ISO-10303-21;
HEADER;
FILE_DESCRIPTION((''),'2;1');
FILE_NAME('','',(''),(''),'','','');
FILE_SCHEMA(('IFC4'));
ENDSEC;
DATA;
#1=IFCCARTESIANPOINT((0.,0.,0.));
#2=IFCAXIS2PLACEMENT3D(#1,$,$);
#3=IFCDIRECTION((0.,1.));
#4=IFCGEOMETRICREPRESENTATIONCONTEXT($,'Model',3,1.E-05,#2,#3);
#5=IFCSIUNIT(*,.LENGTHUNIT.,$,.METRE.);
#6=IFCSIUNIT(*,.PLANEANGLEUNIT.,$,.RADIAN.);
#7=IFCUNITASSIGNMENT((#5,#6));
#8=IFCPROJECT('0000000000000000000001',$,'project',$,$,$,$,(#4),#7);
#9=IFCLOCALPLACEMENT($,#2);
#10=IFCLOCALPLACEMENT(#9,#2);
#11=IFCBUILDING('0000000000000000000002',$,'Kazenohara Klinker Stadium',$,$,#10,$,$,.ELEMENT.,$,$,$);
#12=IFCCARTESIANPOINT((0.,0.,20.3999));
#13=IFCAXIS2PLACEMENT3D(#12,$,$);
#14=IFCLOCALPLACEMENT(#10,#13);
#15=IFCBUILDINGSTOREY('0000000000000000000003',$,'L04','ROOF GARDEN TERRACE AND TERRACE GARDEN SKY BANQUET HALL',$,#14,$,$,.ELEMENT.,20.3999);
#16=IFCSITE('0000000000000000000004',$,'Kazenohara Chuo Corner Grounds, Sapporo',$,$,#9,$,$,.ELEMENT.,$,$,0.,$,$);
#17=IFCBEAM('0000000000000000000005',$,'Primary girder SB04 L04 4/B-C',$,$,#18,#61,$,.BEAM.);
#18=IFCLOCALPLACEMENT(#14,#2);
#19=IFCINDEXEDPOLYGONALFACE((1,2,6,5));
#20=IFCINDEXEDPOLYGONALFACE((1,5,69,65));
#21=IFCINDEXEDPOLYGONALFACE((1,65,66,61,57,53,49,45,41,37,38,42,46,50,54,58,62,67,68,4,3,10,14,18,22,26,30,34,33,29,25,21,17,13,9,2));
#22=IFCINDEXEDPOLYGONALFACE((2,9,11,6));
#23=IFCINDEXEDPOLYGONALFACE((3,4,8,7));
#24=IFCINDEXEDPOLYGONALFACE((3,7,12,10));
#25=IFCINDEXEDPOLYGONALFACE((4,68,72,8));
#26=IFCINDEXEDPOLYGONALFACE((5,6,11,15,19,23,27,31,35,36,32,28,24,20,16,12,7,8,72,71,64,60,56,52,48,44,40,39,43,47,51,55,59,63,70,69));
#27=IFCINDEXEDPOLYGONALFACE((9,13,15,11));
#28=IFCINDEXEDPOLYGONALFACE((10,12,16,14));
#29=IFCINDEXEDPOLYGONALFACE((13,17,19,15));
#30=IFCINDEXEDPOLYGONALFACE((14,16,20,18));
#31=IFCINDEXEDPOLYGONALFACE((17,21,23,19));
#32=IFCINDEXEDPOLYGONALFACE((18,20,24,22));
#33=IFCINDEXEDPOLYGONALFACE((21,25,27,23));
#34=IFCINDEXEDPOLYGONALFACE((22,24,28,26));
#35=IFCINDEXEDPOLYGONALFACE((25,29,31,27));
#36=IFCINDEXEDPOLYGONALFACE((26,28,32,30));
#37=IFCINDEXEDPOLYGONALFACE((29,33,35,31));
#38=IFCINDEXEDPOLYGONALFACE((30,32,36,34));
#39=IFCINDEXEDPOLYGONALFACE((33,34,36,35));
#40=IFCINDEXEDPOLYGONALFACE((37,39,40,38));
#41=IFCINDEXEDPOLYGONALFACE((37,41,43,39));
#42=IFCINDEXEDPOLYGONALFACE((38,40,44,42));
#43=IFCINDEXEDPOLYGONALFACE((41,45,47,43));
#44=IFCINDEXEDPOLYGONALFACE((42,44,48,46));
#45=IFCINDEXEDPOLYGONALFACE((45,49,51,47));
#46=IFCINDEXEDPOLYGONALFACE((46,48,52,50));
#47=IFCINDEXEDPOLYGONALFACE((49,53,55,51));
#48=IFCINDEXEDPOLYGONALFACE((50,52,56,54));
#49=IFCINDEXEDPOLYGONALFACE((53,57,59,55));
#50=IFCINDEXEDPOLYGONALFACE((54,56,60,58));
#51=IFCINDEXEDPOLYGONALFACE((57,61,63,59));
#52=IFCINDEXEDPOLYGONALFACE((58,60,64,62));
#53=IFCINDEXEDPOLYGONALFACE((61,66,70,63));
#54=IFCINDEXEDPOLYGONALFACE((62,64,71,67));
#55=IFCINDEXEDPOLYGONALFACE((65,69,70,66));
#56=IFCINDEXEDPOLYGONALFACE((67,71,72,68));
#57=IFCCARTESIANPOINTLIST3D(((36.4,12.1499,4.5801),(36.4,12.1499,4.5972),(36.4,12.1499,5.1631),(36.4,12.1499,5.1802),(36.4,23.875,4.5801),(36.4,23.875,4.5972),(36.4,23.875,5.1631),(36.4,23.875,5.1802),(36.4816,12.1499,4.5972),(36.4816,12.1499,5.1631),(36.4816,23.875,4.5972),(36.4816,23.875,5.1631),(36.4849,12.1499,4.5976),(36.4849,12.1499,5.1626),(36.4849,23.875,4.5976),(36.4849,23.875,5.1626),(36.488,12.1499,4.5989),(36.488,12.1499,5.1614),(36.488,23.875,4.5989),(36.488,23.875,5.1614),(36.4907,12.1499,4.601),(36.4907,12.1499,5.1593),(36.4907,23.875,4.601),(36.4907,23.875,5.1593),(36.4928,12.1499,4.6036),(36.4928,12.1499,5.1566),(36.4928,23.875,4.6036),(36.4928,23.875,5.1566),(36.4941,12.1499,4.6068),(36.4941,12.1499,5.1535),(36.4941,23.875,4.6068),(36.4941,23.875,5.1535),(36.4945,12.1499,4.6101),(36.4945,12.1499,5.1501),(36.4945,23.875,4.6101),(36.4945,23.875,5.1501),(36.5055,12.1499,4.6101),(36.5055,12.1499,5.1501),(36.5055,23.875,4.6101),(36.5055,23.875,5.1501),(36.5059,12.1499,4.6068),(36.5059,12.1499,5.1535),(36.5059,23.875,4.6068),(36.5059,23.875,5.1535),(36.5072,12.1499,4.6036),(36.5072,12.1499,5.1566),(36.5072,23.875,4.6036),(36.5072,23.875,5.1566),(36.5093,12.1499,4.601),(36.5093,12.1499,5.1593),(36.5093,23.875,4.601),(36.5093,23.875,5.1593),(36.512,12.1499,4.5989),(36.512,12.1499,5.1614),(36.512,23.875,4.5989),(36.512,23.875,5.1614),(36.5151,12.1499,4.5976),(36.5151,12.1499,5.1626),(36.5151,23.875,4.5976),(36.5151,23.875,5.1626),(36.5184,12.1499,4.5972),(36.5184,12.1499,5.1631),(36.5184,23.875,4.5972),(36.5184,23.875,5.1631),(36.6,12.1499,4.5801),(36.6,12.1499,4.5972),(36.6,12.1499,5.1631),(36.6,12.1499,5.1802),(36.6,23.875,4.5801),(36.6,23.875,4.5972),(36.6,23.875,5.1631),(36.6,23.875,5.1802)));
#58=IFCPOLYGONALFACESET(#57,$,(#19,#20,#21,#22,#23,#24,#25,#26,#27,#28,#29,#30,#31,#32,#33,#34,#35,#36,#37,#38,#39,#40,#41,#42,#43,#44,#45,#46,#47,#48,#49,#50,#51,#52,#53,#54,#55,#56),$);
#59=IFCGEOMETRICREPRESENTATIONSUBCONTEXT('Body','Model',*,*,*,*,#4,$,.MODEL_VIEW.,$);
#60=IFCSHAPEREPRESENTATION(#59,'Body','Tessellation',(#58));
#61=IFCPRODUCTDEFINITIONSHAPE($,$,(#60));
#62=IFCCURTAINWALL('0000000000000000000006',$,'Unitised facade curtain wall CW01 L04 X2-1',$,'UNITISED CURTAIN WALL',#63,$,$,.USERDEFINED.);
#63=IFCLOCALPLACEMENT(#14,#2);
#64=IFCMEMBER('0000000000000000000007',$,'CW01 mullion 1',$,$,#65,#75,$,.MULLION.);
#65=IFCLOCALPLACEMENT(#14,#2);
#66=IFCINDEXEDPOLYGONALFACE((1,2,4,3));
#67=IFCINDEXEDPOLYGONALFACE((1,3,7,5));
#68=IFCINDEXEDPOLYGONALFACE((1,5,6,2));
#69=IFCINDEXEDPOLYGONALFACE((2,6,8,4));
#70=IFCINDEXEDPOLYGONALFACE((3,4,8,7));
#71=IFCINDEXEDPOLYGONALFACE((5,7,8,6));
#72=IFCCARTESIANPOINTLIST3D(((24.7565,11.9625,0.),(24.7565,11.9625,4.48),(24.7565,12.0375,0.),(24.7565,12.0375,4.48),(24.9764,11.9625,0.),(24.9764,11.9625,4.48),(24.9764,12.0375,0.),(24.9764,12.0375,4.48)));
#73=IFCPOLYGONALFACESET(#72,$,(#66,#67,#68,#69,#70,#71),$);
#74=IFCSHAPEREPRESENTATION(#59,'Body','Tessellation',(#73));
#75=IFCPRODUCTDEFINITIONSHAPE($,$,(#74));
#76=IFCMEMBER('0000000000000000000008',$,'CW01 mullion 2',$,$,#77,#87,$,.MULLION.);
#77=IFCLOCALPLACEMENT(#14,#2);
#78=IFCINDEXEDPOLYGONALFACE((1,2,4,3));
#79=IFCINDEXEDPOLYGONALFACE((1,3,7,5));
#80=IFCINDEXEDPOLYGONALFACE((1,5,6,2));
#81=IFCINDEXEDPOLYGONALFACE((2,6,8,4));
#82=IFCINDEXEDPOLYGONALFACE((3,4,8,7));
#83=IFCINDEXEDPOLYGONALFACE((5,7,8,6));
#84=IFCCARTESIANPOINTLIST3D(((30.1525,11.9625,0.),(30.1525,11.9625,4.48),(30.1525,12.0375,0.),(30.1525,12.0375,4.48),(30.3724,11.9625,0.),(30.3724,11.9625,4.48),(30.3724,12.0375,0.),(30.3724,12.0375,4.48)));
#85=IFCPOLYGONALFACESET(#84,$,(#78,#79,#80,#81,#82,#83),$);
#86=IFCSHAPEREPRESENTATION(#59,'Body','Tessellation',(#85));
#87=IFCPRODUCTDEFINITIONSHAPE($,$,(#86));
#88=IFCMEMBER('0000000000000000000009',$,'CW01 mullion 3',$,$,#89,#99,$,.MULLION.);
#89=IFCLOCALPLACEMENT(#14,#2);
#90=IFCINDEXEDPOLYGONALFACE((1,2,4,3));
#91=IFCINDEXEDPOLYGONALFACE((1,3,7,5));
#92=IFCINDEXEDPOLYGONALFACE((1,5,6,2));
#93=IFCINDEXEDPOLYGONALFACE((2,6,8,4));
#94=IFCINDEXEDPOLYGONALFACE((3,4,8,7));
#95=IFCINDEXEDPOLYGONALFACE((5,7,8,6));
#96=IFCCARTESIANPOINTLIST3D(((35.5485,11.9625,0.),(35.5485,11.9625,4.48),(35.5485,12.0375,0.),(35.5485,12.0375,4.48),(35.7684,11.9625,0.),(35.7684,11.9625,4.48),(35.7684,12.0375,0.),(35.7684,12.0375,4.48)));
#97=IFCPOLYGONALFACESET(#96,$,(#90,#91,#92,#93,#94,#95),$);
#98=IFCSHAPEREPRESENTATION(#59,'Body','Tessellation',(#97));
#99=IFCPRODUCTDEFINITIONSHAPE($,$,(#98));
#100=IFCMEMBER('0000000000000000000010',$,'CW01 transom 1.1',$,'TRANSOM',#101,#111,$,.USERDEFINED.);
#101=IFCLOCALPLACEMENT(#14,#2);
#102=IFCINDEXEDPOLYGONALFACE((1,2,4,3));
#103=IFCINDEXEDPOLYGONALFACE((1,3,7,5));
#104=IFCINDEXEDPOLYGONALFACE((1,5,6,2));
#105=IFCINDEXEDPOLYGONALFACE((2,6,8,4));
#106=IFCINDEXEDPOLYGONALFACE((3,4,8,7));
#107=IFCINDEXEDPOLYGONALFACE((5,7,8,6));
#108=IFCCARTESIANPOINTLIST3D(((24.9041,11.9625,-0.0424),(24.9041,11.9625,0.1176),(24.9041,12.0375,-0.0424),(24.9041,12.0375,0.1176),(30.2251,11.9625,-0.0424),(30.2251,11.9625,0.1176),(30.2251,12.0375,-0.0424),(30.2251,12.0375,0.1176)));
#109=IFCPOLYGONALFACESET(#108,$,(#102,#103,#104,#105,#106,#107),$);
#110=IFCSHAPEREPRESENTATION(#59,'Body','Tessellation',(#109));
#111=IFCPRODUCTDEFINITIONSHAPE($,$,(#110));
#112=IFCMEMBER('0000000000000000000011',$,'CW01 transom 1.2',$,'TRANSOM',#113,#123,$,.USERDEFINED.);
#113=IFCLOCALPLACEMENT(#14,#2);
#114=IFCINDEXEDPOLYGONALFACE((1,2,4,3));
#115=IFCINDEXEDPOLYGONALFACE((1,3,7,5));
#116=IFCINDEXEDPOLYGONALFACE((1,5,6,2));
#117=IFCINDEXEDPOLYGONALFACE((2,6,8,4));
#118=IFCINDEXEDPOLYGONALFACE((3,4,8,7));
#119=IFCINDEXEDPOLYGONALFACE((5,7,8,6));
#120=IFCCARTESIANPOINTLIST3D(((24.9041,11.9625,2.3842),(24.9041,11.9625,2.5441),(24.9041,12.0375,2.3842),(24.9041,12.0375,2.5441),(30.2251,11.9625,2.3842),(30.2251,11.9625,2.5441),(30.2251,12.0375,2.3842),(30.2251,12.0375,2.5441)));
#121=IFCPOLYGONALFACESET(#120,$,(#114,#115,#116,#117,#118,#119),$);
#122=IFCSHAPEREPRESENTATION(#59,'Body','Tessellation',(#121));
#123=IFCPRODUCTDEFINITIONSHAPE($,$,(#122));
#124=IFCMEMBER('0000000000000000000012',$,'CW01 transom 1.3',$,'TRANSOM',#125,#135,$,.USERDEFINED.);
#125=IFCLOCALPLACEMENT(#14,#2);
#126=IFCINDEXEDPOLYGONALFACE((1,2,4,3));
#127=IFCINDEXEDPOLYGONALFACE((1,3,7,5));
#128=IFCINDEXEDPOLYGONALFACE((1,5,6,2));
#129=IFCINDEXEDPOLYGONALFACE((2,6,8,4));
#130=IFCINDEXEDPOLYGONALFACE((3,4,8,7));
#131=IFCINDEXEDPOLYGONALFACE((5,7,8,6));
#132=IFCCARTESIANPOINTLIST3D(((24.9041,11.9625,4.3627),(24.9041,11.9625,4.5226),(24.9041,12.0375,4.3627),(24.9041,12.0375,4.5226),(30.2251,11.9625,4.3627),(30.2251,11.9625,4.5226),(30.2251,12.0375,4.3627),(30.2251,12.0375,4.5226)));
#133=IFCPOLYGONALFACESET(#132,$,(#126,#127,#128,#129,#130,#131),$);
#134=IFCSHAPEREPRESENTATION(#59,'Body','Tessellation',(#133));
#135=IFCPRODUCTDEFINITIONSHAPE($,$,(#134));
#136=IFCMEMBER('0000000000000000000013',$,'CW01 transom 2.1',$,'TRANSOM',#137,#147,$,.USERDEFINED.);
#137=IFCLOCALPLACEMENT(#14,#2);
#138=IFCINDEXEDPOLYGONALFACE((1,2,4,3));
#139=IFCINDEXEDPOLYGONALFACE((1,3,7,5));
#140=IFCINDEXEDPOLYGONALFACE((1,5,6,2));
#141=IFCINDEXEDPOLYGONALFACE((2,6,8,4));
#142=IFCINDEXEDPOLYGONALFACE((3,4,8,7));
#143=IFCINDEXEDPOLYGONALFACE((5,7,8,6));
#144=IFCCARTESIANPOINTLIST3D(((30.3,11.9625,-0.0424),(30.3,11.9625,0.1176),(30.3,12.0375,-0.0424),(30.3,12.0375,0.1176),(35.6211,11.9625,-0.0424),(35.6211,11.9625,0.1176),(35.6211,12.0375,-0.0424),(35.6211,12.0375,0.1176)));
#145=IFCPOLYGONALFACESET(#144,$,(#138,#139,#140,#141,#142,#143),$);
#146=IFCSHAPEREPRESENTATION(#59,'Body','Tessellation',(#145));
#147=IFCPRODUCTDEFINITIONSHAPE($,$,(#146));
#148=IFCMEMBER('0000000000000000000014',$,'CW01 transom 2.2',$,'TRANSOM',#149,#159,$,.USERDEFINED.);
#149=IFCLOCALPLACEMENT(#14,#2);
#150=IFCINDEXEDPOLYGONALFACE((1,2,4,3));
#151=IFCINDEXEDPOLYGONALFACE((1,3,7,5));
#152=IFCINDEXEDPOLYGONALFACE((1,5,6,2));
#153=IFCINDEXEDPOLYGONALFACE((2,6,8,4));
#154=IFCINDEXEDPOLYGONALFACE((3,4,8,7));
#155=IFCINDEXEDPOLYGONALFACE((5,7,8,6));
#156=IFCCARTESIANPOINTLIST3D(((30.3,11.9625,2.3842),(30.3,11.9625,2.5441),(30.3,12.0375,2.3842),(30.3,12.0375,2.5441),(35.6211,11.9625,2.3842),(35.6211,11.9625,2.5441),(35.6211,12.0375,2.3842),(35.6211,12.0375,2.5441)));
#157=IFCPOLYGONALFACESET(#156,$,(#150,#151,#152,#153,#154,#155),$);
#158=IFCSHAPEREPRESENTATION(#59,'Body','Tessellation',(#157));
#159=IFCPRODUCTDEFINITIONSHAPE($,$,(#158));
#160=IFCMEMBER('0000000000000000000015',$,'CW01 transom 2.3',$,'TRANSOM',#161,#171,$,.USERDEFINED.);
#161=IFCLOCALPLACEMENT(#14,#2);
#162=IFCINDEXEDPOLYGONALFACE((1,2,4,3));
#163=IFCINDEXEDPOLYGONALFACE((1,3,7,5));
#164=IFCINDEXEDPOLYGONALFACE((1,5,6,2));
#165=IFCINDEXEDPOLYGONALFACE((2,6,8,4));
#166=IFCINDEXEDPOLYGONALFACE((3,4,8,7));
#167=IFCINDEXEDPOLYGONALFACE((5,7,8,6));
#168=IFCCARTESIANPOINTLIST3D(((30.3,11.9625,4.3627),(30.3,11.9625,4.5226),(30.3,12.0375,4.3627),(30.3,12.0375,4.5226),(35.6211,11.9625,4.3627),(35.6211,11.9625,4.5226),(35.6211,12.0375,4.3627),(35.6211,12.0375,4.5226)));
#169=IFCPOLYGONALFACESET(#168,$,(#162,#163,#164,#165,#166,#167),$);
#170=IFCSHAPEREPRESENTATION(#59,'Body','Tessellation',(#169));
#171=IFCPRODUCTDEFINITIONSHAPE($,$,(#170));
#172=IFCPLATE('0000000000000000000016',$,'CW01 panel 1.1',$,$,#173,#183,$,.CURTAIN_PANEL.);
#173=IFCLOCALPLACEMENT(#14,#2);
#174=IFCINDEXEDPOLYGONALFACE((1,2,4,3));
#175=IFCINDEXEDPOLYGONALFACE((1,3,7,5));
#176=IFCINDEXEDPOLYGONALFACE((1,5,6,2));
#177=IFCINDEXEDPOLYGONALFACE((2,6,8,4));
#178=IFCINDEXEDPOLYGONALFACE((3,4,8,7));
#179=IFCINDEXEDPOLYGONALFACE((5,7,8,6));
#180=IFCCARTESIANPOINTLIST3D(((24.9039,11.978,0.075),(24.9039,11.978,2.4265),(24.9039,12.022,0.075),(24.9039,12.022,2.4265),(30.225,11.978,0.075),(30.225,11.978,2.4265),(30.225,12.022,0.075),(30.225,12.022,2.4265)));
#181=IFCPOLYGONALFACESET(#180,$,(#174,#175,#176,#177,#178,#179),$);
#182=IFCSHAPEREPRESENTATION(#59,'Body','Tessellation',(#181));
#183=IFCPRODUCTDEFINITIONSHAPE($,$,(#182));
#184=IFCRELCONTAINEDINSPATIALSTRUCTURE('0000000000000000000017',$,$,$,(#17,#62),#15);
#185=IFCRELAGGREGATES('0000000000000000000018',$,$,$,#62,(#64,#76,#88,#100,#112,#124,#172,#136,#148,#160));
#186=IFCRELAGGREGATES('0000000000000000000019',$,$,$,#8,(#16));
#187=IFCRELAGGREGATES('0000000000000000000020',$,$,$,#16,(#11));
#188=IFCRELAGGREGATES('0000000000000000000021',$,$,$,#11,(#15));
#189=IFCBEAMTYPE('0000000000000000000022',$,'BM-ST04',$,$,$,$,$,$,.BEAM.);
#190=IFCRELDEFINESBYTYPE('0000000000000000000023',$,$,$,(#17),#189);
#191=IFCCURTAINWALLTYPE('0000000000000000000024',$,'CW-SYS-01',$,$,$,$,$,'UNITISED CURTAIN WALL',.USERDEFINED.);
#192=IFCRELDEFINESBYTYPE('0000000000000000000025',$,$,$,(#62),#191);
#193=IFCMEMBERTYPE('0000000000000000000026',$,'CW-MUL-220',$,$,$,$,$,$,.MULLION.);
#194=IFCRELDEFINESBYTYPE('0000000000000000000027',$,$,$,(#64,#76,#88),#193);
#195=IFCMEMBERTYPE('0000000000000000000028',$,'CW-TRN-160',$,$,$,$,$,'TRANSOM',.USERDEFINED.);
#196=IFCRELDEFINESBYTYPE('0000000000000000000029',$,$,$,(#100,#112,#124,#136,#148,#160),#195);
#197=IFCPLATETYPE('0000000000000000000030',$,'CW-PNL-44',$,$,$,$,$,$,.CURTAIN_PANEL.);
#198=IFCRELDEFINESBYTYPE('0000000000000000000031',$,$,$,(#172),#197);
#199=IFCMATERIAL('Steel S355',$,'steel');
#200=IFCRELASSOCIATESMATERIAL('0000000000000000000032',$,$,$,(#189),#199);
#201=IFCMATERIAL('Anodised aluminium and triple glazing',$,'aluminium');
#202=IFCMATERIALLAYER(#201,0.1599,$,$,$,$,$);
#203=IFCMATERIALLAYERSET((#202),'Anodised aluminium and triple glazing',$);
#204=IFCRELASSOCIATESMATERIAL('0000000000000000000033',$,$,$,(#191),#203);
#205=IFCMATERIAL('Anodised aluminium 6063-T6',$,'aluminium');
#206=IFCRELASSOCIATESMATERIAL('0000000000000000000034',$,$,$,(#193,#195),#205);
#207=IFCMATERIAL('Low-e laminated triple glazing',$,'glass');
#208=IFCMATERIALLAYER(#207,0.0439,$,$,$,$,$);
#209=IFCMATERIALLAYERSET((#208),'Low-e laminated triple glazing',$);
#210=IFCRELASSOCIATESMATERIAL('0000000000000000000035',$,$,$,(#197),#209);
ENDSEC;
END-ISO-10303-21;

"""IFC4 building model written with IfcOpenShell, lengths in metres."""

from ifc_helpers import new_model, si_unit, direction, frame, origin, origin_2d, place, context, subcontext, project, spatial, rectangle, i_section, extrude, material, layer, layer_set, material_profile, profile_set, type_object, element, aggregate, save


model = new_model("IFC4")

# Units and contexts
model_context = context("Model", 3, precision=1e-05, world=origin(), true_north=direction((0.0, 1.0)))
body_context = subcontext(model_context, "Body", "Model", "MODEL_VIEW")
ifc_project = project(units=[si_unit("LENGTHUNIT", "METRE"), si_unit("PLANEANGLEUNIT", "RADIAN")], contexts=[model_context])

# Site, building, storey
site_placement = place(None, origin())
site = spatial("IfcSite", under=ifc_project, at=site_placement, Name="Kazenohara Chuo Corner Grounds, Sapporo", CompositionType="ELEMENT", RefElevation=0.0)
building_placement = place(site_placement, origin())
building = spatial("IfcBuilding", under=site, at=building_placement, Name="Kazenohara Klinker Stadium", CompositionType="ELEMENT")
storey_placement = place(building_placement, frame((0.0, 0.0, 20.3999)))
storey = spatial("IfcBuildingStorey", under=building, at=storey_placement, Name="L04", Description="ROOF GARDEN TERRACE AND TERRACE GARDEN SKY BANQUET HALL", CompositionType="ELEMENT", Elevation=20.3999)

# Shared definitions
ifc_material_1 = material(Name="Steel S355", Category="steel")

# Beam
ifc_material_profile_1 = material_profile(ifc_material_1, i_section(OverallWidth=0.2, OverallDepth=0.6001, WebThickness=0.011, FlangeThickness=0.0171, FilletRadius=0.0129, at=origin_2d()), Name="H-600x200x11x17")
ifc_profile_set_1 = profile_set([ifc_material_profile_1], Name="Steel S355")
beam_type_1 = type_object("IfcBeamType", Name="BM-ST04", PredefinedType="BEAM", material=ifc_profile_set_1)
beam_1_placement = place(storey_placement, frame((36.5, 12.1499, 4.8801), z_axis=(0.0, 1.0, 0.0), x_axis=(-1.0, 0.0, 0.0)))
element("IfcBeam", 1, at=beam_1_placement, inside=storey, type_object=beam_type_1, Name="Primary girder SB04 L04 4/B-C", PredefinedType="BEAM", context=body_context, shape_type="SweptSolid", body=[
    extrude(i_section(OverallWidth=0.2, OverallDepth=0.6001, WebThickness=0.011, FlangeThickness=0.0171, FilletRadius=0.0129, at=origin_2d()), origin(), (0.0, 0.0, 1.0), 11.7251),
])

# Curtain wall, members, plate
ifc_material_2 = material(Name="Anodised aluminium and triple glazing", Category="aluminium")
ifc_layer_1 = layer(ifc_material_2, 0.1599)
ifc_layer_set_1 = layer_set([ifc_layer_1], Name="Anodised aluminium and triple glazing")
curtain_wall_type = type_object("IfcCurtainWallType", Name="CW-SYS-01", ElementType="UNITISED CURTAIN WALL", PredefinedType="USERDEFINED", material=ifc_layer_set_1)
curtain_wall_placement = place(storey_placement, origin())
curtain_wall = element("IfcCurtainWall", 2, at=curtain_wall_placement, inside=storey, type_object=curtain_wall_type, Name="Unitised facade curtain wall CW01 L04 X2-1", ObjectType="UNITISED CURTAIN WALL", PredefinedType="USERDEFINED")
ifc_material_3 = material(Name="Anodised aluminium 6063-T6", Category="aluminium")
ifc_material_profile_2 = material_profile(ifc_material_3, rectangle(XDim=0.075, YDim=0.22, at=origin_2d()), Name="ALU-MUL-75x220")
ifc_profile_set_2 = profile_set([ifc_material_profile_2], Name="Anodised aluminium 6063-T6")
member_type_1 = type_object("IfcMemberType", Name="CW-MUL-220", PredefinedType="MULLION", material=ifc_profile_set_2)
member_1_placement = place(storey_placement, frame((24.8665, 12.0, 0.0), z_axis=(0.0, 0.0, 1.0), x_axis=(0.0, 1.0, 0.0)))
member_1 = element("IfcMember", 3, at=member_1_placement, type_object=member_type_1, Name="CW01 mullion 1", PredefinedType="MULLION", context=body_context, shape_type="SweptSolid", body=[
    extrude(rectangle(XDim=0.075, YDim=0.22, at=origin_2d()), origin(), (0.0, 0.0, 1.0), 4.48),
])
member_2_placement = place(storey_placement, frame((30.2625, 12.0, 0.0), z_axis=(0.0, 0.0, 1.0), x_axis=(0.0, 1.0, 0.0)))
member_2 = element("IfcMember", 4, at=member_2_placement, type_object=member_type_1, Name="CW01 mullion 2", PredefinedType="MULLION", context=body_context, shape_type="SweptSolid", body=[
    extrude(rectangle(XDim=0.075, YDim=0.22, at=origin_2d()), origin(), (0.0, 0.0, 1.0), 4.48),
])
member_3_placement = place(storey_placement, frame((35.6584, 12.0, 0.0), z_axis=(0.0, 0.0, 1.0), x_axis=(0.0, 1.0, 0.0)))
member_3 = element("IfcMember", 5, at=member_3_placement, type_object=member_type_1, Name="CW01 mullion 3", PredefinedType="MULLION", context=body_context, shape_type="SweptSolid", body=[
    extrude(rectangle(XDim=0.075, YDim=0.22, at=origin_2d()), origin(), (0.0, 0.0, 1.0), 4.48),
])
ifc_material_profile_3 = material_profile(ifc_material_3, rectangle(XDim=0.075, YDim=0.1599, at=origin_2d()), Name="ALU-TRN-75x160")
ifc_profile_set_3 = profile_set([ifc_material_profile_3], Name="Anodised aluminium 6063-T6")
member_type_2 = type_object("IfcMemberType", Name="CW-TRN-160", ElementType="TRANSOM", PredefinedType="USERDEFINED", material=ifc_profile_set_3)
member_4_placement = place(storey_placement, frame((24.9041, 12.0, 0.0376), z_axis=(1.0, 0.0, 0.0), x_axis=(0.0, 1.0, 0.0)))
member_4 = element("IfcMember", 6, at=member_4_placement, type_object=member_type_2, Name="CW01 transom 1.1", ObjectType="TRANSOM", PredefinedType="USERDEFINED", context=body_context, shape_type="SweptSolid", body=[
    extrude(rectangle(XDim=0.075, YDim=0.1599, at=origin_2d()), origin(), (0.0, 0.0, 1.0), 5.321),
])
member_5_placement = place(storey_placement, frame((24.9041, 12.0, 2.4641), z_axis=(1.0, 0.0, 0.0), x_axis=(0.0, 1.0, 0.0)))
member_5 = element("IfcMember", 7, at=member_5_placement, type_object=member_type_2, Name="CW01 transom 1.2", ObjectType="TRANSOM", PredefinedType="USERDEFINED", context=body_context, shape_type="SweptSolid", body=[
    extrude(rectangle(XDim=0.075, YDim=0.1599, at=origin_2d()), origin(), (0.0, 0.0, 1.0), 5.321),
])
member_6_placement = place(storey_placement, frame((24.9041, 12.0, 4.4426), z_axis=(1.0, 0.0, 0.0), x_axis=(0.0, 1.0, 0.0)))
member_6 = element("IfcMember", 8, at=member_6_placement, type_object=member_type_2, Name="CW01 transom 1.3", ObjectType="TRANSOM", PredefinedType="USERDEFINED", context=body_context, shape_type="SweptSolid", body=[
    extrude(rectangle(XDim=0.075, YDim=0.1599, at=origin_2d()), origin(), (0.0, 0.0, 1.0), 5.321),
])
member_7_placement = place(storey_placement, frame((30.3, 12.0, 0.0376), z_axis=(1.0, 0.0, 0.0), x_axis=(0.0, 1.0, 0.0)))
member_7 = element("IfcMember", 9, at=member_7_placement, type_object=member_type_2, Name="CW01 transom 2.1", ObjectType="TRANSOM", PredefinedType="USERDEFINED", context=body_context, shape_type="SweptSolid", body=[
    extrude(rectangle(XDim=0.075, YDim=0.1599, at=origin_2d()), origin(), (0.0, 0.0, 1.0), 5.321),
])
member_8_placement = place(storey_placement, frame((30.3, 12.0, 2.4641), z_axis=(1.0, 0.0, 0.0), x_axis=(0.0, 1.0, 0.0)))
member_8 = element("IfcMember", 10, at=member_8_placement, type_object=member_type_2, Name="CW01 transom 2.2", ObjectType="TRANSOM", PredefinedType="USERDEFINED", context=body_context, shape_type="SweptSolid", body=[
    extrude(rectangle(XDim=0.075, YDim=0.1599, at=origin_2d()), origin(), (0.0, 0.0, 1.0), 5.321),
])
member_9_placement = place(storey_placement, frame((30.3, 12.0, 4.4426), z_axis=(1.0, 0.0, 0.0), x_axis=(0.0, 1.0, 0.0)))
member_9 = element("IfcMember", 11, at=member_9_placement, type_object=member_type_2, Name="CW01 transom 2.3", ObjectType="TRANSOM", PredefinedType="USERDEFINED", context=body_context, shape_type="SweptSolid", body=[
    extrude(rectangle(XDim=0.075, YDim=0.1599, at=origin_2d()), origin(), (0.0, 0.0, 1.0), 5.321),
])
ifc_material_4 = material(Name="Low-e laminated triple glazing", Category="glass")
ifc_layer_2 = layer(ifc_material_4, 0.0439)
ifc_layer_set_2 = layer_set([ifc_layer_2], Name="Low-e laminated triple glazing")
plate_type_1 = type_object("IfcPlateType", Name="CW-PNL-44", PredefinedType="CURTAIN_PANEL", material=ifc_layer_set_2)
plate_1_placement = place(storey_placement, frame((27.5645, 12.0, 0.075), z_axis=(0.0, 0.0, 1.0), x_axis=(1.0, 0.0, 0.0)))
plate_1 = element("IfcPlate", 12, at=plate_1_placement, type_object=plate_type_1, Name="CW01 panel 1.1", PredefinedType="CURTAIN_PANEL", context=body_context, shape_type="SweptSolid", body=[
    extrude(rectangle(XDim=5.321, YDim=0.0439, at=origin_2d()), origin(), (0.0, 0.0, 1.0), 2.3516),
])
aggregate(curtain_wall, [member_1, member_2, member_3, member_4, member_5, member_6, plate_1, member_7, member_8, member_9])

save(model, "model.ifc")
